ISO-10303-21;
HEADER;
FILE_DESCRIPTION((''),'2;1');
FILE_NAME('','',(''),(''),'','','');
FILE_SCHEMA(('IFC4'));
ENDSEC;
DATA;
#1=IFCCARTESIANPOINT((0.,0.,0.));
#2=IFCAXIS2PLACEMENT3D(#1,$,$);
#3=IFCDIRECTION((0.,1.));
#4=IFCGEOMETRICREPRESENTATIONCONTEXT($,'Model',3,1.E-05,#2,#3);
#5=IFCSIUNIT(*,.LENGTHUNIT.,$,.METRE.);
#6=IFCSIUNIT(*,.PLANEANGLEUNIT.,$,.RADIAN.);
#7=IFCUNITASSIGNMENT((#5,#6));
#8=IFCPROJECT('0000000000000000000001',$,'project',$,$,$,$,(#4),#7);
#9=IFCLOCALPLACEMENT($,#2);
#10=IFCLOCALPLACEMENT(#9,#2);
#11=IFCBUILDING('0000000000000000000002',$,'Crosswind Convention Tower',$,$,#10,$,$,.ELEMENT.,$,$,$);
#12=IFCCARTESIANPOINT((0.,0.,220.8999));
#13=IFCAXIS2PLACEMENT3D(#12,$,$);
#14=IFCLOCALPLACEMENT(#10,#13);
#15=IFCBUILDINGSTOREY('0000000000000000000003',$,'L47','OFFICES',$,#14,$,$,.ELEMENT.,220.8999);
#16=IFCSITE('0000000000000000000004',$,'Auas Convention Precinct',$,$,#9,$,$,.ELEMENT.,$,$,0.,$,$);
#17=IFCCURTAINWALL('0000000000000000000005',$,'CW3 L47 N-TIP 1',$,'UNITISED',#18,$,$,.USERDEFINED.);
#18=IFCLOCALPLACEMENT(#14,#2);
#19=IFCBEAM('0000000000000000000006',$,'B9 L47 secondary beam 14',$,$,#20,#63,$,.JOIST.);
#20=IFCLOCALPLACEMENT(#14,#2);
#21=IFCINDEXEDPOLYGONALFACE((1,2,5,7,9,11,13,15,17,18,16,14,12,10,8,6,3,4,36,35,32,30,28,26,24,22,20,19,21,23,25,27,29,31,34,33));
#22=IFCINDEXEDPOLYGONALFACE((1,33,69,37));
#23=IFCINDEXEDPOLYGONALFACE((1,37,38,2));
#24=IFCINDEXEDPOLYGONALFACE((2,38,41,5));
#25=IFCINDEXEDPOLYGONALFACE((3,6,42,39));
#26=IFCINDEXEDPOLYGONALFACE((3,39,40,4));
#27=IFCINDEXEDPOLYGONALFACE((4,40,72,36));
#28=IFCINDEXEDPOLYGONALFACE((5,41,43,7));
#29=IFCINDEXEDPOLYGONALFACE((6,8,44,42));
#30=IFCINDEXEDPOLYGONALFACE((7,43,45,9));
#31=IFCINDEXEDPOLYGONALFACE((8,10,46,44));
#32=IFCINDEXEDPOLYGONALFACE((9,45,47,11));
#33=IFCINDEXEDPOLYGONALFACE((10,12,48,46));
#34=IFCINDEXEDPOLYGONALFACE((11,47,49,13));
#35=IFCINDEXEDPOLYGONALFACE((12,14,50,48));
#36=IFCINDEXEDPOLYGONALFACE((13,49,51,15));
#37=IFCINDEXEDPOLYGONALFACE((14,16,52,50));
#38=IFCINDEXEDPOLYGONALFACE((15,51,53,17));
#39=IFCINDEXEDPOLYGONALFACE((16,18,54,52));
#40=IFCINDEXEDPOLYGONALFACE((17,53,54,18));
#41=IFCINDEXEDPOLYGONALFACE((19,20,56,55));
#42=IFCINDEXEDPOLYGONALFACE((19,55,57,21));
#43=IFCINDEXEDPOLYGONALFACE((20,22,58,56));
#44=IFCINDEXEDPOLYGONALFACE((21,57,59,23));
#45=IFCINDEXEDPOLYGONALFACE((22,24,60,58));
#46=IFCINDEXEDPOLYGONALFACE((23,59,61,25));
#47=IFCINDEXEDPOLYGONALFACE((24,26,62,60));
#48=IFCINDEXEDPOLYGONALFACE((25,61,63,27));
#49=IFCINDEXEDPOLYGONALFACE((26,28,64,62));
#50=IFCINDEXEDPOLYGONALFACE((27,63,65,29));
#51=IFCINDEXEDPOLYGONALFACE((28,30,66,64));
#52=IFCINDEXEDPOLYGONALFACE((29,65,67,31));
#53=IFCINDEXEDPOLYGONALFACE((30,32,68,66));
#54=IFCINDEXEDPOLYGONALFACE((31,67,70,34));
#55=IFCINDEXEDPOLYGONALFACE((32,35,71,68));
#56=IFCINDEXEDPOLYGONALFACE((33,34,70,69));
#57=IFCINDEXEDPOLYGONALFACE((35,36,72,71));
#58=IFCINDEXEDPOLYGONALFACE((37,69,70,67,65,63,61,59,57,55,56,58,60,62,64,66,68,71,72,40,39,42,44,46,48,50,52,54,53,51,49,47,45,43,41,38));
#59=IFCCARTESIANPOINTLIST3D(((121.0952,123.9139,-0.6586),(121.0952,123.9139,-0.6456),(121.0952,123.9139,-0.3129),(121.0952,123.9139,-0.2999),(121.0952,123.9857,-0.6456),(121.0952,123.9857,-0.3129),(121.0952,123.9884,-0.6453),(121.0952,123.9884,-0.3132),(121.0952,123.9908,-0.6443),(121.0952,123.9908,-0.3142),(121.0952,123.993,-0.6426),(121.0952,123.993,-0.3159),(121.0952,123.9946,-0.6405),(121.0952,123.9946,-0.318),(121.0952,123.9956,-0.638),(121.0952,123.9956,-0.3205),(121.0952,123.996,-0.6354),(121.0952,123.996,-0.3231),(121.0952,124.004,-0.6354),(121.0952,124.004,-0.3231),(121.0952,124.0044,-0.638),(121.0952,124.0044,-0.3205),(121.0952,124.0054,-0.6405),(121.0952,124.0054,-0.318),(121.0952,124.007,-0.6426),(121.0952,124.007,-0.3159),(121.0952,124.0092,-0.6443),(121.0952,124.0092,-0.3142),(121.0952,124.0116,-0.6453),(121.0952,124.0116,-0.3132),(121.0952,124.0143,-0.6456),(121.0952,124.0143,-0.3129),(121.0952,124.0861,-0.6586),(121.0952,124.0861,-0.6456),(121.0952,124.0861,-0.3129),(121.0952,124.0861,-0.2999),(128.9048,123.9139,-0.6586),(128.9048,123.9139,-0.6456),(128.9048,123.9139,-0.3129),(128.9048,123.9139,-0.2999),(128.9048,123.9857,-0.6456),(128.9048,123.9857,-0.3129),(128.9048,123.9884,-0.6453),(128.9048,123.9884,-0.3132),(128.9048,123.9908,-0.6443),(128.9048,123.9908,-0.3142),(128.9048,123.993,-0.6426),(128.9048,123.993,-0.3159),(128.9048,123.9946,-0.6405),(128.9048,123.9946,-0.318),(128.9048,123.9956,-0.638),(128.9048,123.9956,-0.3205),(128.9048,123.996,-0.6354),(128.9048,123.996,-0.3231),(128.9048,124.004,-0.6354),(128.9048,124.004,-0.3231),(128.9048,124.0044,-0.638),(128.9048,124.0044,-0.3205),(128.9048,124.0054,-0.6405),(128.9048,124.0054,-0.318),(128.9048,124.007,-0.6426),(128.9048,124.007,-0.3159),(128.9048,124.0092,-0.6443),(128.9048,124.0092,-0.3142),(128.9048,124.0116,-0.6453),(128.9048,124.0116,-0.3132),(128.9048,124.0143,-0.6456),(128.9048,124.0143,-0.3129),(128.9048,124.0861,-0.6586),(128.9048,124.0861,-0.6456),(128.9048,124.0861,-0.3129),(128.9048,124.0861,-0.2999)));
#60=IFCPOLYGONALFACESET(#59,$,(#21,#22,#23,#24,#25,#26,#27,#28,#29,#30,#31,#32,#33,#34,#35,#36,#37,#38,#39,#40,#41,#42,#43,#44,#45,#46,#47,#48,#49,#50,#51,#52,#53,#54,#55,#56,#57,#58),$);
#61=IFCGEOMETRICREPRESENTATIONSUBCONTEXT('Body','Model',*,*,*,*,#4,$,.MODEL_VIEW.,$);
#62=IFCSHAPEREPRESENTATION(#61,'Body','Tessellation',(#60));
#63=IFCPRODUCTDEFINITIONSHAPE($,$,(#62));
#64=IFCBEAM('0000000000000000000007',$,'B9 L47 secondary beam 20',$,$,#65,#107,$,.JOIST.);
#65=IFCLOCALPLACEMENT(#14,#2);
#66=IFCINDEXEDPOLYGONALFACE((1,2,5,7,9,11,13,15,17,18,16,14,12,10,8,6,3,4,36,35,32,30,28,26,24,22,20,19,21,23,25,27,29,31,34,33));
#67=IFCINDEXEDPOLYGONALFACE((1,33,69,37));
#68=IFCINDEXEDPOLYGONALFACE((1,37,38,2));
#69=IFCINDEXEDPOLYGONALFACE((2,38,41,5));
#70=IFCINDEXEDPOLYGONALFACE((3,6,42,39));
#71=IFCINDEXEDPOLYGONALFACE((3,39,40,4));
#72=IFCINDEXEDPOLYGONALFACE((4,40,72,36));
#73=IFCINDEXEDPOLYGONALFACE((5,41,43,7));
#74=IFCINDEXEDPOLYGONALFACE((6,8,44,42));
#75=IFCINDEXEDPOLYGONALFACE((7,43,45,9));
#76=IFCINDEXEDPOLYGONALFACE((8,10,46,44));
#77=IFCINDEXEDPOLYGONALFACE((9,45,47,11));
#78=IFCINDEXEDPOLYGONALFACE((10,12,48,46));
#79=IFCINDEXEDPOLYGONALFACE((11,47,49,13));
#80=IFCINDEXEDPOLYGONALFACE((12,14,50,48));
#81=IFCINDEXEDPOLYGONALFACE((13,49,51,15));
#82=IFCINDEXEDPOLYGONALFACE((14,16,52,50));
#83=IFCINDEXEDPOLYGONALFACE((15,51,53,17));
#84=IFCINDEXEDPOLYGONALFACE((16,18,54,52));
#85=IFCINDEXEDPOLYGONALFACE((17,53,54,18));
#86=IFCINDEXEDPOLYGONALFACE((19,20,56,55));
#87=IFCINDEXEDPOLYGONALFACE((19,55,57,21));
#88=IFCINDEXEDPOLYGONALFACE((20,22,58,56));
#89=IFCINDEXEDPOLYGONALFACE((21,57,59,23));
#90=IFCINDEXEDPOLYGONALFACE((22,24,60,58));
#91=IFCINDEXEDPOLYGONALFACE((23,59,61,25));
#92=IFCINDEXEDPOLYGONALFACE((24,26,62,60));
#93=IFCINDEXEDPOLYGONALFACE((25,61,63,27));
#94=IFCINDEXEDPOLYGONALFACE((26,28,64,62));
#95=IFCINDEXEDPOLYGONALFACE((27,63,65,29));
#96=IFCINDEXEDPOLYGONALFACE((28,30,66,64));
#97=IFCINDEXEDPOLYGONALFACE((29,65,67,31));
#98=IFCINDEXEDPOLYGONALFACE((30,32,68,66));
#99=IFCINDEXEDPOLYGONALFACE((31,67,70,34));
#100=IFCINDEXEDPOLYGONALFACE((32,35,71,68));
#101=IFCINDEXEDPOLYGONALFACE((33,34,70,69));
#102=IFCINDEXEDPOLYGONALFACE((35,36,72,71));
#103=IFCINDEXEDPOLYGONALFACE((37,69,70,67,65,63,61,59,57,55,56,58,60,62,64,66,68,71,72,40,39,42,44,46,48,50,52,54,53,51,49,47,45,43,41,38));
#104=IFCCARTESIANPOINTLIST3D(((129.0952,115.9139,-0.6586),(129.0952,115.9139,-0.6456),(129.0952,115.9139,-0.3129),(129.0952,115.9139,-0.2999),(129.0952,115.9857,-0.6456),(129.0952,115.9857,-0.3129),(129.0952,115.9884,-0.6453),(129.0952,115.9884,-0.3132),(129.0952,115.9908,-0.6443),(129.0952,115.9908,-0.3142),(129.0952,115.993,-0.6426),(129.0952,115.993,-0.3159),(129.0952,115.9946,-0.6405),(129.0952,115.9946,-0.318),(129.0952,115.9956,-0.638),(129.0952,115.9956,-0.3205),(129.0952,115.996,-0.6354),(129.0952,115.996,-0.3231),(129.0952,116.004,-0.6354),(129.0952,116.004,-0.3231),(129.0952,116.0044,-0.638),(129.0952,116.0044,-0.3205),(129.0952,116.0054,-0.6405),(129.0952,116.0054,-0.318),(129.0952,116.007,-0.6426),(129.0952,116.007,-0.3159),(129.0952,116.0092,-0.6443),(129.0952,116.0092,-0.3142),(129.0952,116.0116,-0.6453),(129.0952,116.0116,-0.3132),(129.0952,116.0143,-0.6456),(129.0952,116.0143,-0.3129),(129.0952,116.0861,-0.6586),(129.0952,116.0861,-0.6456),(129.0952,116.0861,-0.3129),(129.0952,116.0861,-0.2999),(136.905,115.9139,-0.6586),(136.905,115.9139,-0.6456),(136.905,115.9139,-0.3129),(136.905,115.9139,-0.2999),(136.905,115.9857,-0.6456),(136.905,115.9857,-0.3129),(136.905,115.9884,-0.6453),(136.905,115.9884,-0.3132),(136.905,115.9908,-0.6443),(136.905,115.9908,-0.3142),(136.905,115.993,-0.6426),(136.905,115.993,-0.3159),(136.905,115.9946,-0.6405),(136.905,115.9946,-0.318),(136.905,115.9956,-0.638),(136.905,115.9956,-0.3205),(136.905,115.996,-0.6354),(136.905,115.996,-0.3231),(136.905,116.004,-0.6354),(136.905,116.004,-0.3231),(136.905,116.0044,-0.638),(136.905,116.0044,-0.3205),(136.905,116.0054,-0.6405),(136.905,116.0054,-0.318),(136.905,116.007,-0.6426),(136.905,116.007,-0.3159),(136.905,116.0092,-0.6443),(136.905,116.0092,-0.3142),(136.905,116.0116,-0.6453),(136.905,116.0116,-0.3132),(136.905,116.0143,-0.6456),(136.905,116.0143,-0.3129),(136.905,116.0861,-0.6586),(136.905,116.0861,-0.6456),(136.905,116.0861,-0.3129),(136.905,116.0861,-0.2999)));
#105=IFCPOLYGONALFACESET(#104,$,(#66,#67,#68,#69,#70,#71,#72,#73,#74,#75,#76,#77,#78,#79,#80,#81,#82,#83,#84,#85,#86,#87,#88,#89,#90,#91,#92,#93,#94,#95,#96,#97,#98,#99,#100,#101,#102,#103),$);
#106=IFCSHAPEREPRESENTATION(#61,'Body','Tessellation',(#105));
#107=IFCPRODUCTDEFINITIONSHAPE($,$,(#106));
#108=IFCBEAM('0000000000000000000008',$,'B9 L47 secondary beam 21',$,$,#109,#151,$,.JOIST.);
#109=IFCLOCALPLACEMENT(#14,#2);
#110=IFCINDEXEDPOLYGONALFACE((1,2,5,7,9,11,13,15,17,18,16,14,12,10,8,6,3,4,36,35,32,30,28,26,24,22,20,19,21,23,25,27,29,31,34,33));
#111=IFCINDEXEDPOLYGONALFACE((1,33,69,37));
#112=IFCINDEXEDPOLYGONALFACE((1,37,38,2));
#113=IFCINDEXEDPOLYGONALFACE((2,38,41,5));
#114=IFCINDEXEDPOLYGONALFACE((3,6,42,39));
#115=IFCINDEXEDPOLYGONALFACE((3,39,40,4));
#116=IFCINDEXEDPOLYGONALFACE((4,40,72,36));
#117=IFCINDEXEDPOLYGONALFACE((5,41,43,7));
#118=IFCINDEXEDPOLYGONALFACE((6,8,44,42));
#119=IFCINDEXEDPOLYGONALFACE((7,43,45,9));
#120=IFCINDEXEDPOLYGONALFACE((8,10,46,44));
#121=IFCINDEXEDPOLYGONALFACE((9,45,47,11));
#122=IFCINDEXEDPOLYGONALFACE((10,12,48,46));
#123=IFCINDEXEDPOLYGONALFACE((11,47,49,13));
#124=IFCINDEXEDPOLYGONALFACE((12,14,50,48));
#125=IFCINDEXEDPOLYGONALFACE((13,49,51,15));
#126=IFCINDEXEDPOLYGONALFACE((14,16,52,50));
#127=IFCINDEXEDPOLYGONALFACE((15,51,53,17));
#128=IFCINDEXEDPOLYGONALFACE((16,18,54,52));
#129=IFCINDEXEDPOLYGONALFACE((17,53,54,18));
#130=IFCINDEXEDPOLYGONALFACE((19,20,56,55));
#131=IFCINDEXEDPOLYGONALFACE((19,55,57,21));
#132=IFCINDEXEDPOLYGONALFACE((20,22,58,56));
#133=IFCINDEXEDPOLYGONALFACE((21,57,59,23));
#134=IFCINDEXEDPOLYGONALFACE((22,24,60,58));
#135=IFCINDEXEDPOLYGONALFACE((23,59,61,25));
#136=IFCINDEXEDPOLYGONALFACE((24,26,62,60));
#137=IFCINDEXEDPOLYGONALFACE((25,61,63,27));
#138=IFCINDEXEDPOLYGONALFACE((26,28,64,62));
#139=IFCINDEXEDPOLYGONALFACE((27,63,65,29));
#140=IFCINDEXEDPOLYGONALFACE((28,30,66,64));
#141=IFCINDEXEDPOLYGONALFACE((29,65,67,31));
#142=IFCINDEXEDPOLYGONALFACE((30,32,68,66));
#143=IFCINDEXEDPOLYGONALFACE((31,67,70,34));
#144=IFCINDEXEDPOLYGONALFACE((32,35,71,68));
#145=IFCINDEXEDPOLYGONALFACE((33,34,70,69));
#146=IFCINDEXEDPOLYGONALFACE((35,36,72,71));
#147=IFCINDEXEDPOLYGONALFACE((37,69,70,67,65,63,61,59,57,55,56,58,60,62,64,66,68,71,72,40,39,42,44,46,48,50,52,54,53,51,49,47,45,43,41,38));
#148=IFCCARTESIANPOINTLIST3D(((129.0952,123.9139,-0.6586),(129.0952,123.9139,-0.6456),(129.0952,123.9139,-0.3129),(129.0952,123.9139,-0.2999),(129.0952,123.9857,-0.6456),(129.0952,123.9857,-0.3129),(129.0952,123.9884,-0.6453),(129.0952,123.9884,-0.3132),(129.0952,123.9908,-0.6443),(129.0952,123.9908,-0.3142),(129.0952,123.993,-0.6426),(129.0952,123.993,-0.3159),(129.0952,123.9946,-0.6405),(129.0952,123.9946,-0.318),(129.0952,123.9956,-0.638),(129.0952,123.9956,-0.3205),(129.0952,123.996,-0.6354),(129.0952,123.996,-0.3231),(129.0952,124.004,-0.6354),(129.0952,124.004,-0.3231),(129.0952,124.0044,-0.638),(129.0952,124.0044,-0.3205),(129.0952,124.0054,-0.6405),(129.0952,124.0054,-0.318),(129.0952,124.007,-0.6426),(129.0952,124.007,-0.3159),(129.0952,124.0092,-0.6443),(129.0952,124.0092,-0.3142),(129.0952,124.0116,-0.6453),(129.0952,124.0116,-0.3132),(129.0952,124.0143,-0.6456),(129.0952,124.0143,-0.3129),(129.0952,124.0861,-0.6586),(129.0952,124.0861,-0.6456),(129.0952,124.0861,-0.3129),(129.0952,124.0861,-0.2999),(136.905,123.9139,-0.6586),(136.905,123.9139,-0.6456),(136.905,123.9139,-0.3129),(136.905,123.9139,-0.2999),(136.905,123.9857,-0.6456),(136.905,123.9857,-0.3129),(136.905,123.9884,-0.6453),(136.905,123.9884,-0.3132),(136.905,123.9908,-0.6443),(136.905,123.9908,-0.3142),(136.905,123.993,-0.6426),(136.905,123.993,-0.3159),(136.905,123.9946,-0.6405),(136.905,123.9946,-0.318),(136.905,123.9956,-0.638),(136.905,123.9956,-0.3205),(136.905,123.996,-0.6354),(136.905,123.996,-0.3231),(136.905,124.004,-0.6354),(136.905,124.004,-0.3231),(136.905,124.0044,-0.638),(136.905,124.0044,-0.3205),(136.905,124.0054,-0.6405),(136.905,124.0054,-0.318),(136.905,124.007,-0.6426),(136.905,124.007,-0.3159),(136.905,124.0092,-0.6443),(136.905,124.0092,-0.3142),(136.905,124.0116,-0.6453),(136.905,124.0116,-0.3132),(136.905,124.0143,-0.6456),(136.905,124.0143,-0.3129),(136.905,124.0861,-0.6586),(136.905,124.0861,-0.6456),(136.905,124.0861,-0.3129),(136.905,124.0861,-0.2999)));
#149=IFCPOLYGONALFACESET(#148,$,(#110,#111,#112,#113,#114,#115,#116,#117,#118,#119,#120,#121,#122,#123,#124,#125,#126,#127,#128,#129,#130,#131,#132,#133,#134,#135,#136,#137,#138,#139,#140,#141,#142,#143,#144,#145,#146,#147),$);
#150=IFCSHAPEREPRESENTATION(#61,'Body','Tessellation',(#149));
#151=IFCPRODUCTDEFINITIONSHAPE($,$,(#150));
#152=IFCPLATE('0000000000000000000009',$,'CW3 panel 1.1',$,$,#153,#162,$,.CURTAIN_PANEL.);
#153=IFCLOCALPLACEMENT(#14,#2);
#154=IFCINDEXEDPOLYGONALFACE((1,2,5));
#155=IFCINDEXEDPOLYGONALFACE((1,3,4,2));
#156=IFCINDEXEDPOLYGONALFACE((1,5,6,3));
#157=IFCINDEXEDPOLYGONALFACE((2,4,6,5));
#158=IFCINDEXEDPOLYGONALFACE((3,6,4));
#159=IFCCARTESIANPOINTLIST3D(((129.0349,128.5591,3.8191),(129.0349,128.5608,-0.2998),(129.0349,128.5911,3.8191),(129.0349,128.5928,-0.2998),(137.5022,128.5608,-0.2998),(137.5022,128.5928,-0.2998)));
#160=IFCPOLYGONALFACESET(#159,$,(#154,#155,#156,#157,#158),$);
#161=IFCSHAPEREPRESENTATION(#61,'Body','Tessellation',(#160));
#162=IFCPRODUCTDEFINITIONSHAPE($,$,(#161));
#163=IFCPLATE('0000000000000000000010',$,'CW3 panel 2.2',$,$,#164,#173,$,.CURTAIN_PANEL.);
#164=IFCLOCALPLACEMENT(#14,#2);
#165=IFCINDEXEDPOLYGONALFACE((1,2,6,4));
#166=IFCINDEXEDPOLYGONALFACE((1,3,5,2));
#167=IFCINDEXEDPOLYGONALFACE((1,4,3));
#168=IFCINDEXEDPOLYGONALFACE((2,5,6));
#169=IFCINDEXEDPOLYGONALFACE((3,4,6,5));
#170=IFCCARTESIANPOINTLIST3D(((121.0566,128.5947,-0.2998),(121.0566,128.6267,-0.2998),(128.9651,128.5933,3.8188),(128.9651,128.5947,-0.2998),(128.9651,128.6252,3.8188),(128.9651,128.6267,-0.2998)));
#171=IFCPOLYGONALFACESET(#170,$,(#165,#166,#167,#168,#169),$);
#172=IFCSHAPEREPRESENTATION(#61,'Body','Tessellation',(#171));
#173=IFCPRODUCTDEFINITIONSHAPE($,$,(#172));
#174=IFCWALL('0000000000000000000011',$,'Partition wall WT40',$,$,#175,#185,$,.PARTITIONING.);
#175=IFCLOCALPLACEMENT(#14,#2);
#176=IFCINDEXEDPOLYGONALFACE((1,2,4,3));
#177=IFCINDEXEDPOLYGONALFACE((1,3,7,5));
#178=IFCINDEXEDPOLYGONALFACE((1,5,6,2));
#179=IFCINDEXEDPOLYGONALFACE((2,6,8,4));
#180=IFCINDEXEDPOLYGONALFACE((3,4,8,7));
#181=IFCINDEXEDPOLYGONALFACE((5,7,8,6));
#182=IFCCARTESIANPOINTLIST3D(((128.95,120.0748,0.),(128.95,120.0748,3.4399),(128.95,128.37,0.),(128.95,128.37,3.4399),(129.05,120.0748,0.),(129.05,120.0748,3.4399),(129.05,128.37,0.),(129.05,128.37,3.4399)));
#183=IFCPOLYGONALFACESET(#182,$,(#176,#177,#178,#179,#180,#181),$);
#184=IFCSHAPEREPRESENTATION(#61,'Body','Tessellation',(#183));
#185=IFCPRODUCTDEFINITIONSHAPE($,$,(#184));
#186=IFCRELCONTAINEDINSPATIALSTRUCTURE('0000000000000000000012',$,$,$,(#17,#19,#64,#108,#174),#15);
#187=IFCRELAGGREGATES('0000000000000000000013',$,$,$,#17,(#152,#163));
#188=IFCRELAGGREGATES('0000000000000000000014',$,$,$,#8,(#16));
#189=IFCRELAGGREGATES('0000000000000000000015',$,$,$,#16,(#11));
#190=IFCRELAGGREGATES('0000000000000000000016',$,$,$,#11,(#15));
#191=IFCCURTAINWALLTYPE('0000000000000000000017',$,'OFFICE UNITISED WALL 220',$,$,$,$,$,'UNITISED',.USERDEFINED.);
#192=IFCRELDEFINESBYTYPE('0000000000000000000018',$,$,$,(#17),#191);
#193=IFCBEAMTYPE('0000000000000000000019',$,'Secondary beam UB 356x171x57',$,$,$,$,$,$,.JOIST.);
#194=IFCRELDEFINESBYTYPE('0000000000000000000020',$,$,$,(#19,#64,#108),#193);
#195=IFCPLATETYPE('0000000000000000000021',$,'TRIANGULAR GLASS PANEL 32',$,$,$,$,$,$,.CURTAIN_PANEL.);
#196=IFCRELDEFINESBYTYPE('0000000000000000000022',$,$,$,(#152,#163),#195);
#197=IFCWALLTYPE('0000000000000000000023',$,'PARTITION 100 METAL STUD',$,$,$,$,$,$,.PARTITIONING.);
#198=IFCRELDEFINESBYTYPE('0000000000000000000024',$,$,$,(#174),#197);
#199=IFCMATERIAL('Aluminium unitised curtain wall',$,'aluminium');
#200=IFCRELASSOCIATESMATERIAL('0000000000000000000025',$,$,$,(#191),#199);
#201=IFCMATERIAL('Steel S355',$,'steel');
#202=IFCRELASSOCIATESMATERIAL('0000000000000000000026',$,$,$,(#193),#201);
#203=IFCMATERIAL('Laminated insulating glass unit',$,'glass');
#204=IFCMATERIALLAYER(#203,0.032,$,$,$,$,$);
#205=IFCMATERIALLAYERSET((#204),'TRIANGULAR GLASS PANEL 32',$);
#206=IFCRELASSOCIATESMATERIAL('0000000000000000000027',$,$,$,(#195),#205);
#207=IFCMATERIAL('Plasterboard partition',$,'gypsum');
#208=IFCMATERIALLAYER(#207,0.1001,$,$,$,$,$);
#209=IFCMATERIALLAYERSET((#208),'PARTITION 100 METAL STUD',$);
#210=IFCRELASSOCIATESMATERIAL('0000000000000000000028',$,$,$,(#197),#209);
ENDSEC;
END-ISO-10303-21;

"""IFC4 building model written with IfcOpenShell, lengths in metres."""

from ifc_helpers import new_model, si_unit, direction, frame, frame_2d, origin, origin_2d, place, context, subcontext, project, spatial, polyline, rectangle, i_section, outline, extrude, material, layer, layer_set, material_profile, profile_set, type_object, element, aggregate, save


model = new_model("IFC4")

# Units and contexts
model_context = context("Model", 3, precision=1e-05, world=origin(), true_north=direction((0.0, 1.0)))
body_context = subcontext(model_context, "Body", "Model", "MODEL_VIEW")
ifc_project = project(units=[si_unit("LENGTHUNIT", "METRE"), si_unit("PLANEANGLEUNIT", "RADIAN")], contexts=[model_context])

# Site, building, storey
site_placement = place(None, origin())
site = spatial("IfcSite", under=ifc_project, at=site_placement, Name="Auas Convention Precinct", CompositionType="ELEMENT", RefElevation=0.0)
building_placement = place(site_placement, origin())
building = spatial("IfcBuilding", under=site, at=building_placement, Name="Crosswind Convention Tower", CompositionType="ELEMENT")
storey_placement = place(building_placement, frame((0.0, 0.0, 220.8999)))
storey = spatial("IfcBuildingStorey", under=building, at=storey_placement, Name="L47", Description="OFFICES", CompositionType="ELEMENT", Elevation=220.8999)

# Shared definitions
ifc_material_1 = material(Name="Steel S355", Category="steel")

# Curtain wall
ifc_material_2 = material(Name="Aluminium unitised curtain wall", Category="aluminium")
curtain_wall_type = type_object("IfcCurtainWallType", Name="OFFICE UNITISED WALL 220", ElementType="UNITISED", PredefinedType="USERDEFINED", material=ifc_material_2)
curtain_wall_placement = place(storey_placement, origin())
curtain_wall = element("IfcCurtainWall", 1, at=curtain_wall_placement, inside=storey, type_object=curtain_wall_type, Name="CW3 L47 N-TIP 1", ObjectType="UNITISED", PredefinedType="USERDEFINED")

# Beams
ifc_material_profile_1 = material_profile(ifc_material_1, i_section(OverallWidth=0.1721, OverallDepth=0.3586, WebThickness=0.0081, FlangeThickness=0.0129, FilletRadius=0.0103, at=origin_2d()), Name="UB 356x171x57")
ifc_profile_set_1 = profile_set([ifc_material_profile_1], Name="Steel S355")
beam_type_1 = type_object("IfcBeamType", Name="Secondary beam UB 356x171x57", PredefinedType="JOIST", material=ifc_profile_set_1)
for number, where, z_axis, x_axis, name in (
    (2, (121.0952, 124.0, -0.4792), (1.0, 0.0, 0.0), (0.0, 1.0, 0.0), "B9 L47 secondary beam 14"),
):
    element("IfcBeam", number, at=place(storey_placement, frame(where, z_axis=z_axis, x_axis=x_axis)), inside=storey, type_object=beam_type_1, Name=name, PredefinedType="JOIST", context=body_context, shape_type="SweptSolid", body=[
        extrude(i_section(OverallWidth=0.1721, OverallDepth=0.3586, WebThickness=0.0081, FlangeThickness=0.0129, FilletRadius=0.0103, at=origin_2d()), origin(), (0.0, 0.0, 1.0), 7.8096),
    ])
for number, where, z_axis, x_axis, name in (
    (3, (129.0952, 116.0, -0.4792), (1.0, 0.0, 0.0), (0.0, 1.0, 0.0), "B9 L47 secondary beam 20"),
    (4, (129.0952, 124.0, -0.4792), (1.0, 0.0, 0.0), (0.0, 1.0, 0.0), "B9 L47 secondary beam 21"),
):
    element("IfcBeam", number, at=place(storey_placement, frame(where, z_axis=z_axis, x_axis=x_axis)), inside=storey, type_object=beam_type_1, Name=name, PredefinedType="JOIST", context=body_context, shape_type="SweptSolid", body=[
        extrude(i_section(OverallWidth=0.1721, OverallDepth=0.3586, WebThickness=0.0081, FlangeThickness=0.0129, FilletRadius=0.0103, at=origin_2d()), origin(), (0.0, 0.0, 1.0), 7.8098),
    ])

# Plates
ifc_material_3 = material(Name="Laminated insulating glass unit", Category="glass")
ifc_layer_1 = layer(ifc_material_3, 0.032)
ifc_layer_set_1 = layer_set([ifc_layer_1], Name="TRIANGULAR GLASS PANEL 32")
plate_type = type_object("IfcPlateType", Name="TRIANGULAR GLASS PANEL 32", PredefinedType="CURTAIN_PANEL", material=ifc_layer_set_1)
plate_1_placement = place(storey_placement, frame((129.0349, 128.5928, -0.2998), z_axis=(0.0, 1.0, 0.000415), x_axis=(0.0, -0.000415, 1.0)))
plate_1 = element("IfcPlate", 5, at=plate_1_placement, type_object=plate_type, Name="CW3 panel 1.1", PredefinedType="CURTAIN_PANEL", context=body_context, shape_type="SweptSolid", body=[
    extrude(outline(polyline([(0.0, 0.0), (4.1189, 0.0), (0.0, 8.4673), (0.0, 0.0)])), origin(), (0.0, 0.0, -1.0), 0.032),
])
plate_2_placement = place(storey_placement, frame((128.9651, 128.6267, -0.2998), z_axis=(0.0, 1.0, 0.000356), x_axis=(-1.0, 0.0, 0.0)))
plate_2 = element("IfcPlate", 6, at=plate_2_placement, type_object=plate_type, Name="CW3 panel 2.2", PredefinedType="CURTAIN_PANEL", context=body_context, shape_type="SweptSolid", body=[
    extrude(outline(polyline([(0.0, 0.0), (7.9084, 0.0), (0.0, 4.1187), (0.0, 0.0)])), origin(), (0.0, 0.0, -1.0), 0.032),
])
aggregate(curtain_wall, [plate_1, plate_2])

# Wall
ifc_material_4 = material(Name="Plasterboard partition", Category="gypsum")
ifc_layer_2 = layer(ifc_material_4, 0.1001)
ifc_layer_set_2 = layer_set([ifc_layer_2], Name="PARTITION 100 METAL STUD")
wall_type_1 = type_object("IfcWallType", Name="PARTITION 100 METAL STUD", PredefinedType="PARTITIONING", material=ifc_layer_set_2)
wall_1_placement = place(storey_placement, frame((129.0, 120.075, 0.0), z_axis=(0.0, 0.0, 1.0), x_axis=(0.0, 1.0, 0.0)))
element("IfcWall", 7, at=wall_1_placement, inside=storey, type_object=wall_type_1, Name="Partition wall WT40", PredefinedType="PARTITIONING", context=body_context, shape_type="SweptSolid", body=[
    extrude(rectangle(XDim=8.2952, YDim=0.1001, at=frame_2d((4.1475, 0.0))), origin(), (0.0, 0.0, 1.0), 3.4399),
])

save(model, "model.ifc")
